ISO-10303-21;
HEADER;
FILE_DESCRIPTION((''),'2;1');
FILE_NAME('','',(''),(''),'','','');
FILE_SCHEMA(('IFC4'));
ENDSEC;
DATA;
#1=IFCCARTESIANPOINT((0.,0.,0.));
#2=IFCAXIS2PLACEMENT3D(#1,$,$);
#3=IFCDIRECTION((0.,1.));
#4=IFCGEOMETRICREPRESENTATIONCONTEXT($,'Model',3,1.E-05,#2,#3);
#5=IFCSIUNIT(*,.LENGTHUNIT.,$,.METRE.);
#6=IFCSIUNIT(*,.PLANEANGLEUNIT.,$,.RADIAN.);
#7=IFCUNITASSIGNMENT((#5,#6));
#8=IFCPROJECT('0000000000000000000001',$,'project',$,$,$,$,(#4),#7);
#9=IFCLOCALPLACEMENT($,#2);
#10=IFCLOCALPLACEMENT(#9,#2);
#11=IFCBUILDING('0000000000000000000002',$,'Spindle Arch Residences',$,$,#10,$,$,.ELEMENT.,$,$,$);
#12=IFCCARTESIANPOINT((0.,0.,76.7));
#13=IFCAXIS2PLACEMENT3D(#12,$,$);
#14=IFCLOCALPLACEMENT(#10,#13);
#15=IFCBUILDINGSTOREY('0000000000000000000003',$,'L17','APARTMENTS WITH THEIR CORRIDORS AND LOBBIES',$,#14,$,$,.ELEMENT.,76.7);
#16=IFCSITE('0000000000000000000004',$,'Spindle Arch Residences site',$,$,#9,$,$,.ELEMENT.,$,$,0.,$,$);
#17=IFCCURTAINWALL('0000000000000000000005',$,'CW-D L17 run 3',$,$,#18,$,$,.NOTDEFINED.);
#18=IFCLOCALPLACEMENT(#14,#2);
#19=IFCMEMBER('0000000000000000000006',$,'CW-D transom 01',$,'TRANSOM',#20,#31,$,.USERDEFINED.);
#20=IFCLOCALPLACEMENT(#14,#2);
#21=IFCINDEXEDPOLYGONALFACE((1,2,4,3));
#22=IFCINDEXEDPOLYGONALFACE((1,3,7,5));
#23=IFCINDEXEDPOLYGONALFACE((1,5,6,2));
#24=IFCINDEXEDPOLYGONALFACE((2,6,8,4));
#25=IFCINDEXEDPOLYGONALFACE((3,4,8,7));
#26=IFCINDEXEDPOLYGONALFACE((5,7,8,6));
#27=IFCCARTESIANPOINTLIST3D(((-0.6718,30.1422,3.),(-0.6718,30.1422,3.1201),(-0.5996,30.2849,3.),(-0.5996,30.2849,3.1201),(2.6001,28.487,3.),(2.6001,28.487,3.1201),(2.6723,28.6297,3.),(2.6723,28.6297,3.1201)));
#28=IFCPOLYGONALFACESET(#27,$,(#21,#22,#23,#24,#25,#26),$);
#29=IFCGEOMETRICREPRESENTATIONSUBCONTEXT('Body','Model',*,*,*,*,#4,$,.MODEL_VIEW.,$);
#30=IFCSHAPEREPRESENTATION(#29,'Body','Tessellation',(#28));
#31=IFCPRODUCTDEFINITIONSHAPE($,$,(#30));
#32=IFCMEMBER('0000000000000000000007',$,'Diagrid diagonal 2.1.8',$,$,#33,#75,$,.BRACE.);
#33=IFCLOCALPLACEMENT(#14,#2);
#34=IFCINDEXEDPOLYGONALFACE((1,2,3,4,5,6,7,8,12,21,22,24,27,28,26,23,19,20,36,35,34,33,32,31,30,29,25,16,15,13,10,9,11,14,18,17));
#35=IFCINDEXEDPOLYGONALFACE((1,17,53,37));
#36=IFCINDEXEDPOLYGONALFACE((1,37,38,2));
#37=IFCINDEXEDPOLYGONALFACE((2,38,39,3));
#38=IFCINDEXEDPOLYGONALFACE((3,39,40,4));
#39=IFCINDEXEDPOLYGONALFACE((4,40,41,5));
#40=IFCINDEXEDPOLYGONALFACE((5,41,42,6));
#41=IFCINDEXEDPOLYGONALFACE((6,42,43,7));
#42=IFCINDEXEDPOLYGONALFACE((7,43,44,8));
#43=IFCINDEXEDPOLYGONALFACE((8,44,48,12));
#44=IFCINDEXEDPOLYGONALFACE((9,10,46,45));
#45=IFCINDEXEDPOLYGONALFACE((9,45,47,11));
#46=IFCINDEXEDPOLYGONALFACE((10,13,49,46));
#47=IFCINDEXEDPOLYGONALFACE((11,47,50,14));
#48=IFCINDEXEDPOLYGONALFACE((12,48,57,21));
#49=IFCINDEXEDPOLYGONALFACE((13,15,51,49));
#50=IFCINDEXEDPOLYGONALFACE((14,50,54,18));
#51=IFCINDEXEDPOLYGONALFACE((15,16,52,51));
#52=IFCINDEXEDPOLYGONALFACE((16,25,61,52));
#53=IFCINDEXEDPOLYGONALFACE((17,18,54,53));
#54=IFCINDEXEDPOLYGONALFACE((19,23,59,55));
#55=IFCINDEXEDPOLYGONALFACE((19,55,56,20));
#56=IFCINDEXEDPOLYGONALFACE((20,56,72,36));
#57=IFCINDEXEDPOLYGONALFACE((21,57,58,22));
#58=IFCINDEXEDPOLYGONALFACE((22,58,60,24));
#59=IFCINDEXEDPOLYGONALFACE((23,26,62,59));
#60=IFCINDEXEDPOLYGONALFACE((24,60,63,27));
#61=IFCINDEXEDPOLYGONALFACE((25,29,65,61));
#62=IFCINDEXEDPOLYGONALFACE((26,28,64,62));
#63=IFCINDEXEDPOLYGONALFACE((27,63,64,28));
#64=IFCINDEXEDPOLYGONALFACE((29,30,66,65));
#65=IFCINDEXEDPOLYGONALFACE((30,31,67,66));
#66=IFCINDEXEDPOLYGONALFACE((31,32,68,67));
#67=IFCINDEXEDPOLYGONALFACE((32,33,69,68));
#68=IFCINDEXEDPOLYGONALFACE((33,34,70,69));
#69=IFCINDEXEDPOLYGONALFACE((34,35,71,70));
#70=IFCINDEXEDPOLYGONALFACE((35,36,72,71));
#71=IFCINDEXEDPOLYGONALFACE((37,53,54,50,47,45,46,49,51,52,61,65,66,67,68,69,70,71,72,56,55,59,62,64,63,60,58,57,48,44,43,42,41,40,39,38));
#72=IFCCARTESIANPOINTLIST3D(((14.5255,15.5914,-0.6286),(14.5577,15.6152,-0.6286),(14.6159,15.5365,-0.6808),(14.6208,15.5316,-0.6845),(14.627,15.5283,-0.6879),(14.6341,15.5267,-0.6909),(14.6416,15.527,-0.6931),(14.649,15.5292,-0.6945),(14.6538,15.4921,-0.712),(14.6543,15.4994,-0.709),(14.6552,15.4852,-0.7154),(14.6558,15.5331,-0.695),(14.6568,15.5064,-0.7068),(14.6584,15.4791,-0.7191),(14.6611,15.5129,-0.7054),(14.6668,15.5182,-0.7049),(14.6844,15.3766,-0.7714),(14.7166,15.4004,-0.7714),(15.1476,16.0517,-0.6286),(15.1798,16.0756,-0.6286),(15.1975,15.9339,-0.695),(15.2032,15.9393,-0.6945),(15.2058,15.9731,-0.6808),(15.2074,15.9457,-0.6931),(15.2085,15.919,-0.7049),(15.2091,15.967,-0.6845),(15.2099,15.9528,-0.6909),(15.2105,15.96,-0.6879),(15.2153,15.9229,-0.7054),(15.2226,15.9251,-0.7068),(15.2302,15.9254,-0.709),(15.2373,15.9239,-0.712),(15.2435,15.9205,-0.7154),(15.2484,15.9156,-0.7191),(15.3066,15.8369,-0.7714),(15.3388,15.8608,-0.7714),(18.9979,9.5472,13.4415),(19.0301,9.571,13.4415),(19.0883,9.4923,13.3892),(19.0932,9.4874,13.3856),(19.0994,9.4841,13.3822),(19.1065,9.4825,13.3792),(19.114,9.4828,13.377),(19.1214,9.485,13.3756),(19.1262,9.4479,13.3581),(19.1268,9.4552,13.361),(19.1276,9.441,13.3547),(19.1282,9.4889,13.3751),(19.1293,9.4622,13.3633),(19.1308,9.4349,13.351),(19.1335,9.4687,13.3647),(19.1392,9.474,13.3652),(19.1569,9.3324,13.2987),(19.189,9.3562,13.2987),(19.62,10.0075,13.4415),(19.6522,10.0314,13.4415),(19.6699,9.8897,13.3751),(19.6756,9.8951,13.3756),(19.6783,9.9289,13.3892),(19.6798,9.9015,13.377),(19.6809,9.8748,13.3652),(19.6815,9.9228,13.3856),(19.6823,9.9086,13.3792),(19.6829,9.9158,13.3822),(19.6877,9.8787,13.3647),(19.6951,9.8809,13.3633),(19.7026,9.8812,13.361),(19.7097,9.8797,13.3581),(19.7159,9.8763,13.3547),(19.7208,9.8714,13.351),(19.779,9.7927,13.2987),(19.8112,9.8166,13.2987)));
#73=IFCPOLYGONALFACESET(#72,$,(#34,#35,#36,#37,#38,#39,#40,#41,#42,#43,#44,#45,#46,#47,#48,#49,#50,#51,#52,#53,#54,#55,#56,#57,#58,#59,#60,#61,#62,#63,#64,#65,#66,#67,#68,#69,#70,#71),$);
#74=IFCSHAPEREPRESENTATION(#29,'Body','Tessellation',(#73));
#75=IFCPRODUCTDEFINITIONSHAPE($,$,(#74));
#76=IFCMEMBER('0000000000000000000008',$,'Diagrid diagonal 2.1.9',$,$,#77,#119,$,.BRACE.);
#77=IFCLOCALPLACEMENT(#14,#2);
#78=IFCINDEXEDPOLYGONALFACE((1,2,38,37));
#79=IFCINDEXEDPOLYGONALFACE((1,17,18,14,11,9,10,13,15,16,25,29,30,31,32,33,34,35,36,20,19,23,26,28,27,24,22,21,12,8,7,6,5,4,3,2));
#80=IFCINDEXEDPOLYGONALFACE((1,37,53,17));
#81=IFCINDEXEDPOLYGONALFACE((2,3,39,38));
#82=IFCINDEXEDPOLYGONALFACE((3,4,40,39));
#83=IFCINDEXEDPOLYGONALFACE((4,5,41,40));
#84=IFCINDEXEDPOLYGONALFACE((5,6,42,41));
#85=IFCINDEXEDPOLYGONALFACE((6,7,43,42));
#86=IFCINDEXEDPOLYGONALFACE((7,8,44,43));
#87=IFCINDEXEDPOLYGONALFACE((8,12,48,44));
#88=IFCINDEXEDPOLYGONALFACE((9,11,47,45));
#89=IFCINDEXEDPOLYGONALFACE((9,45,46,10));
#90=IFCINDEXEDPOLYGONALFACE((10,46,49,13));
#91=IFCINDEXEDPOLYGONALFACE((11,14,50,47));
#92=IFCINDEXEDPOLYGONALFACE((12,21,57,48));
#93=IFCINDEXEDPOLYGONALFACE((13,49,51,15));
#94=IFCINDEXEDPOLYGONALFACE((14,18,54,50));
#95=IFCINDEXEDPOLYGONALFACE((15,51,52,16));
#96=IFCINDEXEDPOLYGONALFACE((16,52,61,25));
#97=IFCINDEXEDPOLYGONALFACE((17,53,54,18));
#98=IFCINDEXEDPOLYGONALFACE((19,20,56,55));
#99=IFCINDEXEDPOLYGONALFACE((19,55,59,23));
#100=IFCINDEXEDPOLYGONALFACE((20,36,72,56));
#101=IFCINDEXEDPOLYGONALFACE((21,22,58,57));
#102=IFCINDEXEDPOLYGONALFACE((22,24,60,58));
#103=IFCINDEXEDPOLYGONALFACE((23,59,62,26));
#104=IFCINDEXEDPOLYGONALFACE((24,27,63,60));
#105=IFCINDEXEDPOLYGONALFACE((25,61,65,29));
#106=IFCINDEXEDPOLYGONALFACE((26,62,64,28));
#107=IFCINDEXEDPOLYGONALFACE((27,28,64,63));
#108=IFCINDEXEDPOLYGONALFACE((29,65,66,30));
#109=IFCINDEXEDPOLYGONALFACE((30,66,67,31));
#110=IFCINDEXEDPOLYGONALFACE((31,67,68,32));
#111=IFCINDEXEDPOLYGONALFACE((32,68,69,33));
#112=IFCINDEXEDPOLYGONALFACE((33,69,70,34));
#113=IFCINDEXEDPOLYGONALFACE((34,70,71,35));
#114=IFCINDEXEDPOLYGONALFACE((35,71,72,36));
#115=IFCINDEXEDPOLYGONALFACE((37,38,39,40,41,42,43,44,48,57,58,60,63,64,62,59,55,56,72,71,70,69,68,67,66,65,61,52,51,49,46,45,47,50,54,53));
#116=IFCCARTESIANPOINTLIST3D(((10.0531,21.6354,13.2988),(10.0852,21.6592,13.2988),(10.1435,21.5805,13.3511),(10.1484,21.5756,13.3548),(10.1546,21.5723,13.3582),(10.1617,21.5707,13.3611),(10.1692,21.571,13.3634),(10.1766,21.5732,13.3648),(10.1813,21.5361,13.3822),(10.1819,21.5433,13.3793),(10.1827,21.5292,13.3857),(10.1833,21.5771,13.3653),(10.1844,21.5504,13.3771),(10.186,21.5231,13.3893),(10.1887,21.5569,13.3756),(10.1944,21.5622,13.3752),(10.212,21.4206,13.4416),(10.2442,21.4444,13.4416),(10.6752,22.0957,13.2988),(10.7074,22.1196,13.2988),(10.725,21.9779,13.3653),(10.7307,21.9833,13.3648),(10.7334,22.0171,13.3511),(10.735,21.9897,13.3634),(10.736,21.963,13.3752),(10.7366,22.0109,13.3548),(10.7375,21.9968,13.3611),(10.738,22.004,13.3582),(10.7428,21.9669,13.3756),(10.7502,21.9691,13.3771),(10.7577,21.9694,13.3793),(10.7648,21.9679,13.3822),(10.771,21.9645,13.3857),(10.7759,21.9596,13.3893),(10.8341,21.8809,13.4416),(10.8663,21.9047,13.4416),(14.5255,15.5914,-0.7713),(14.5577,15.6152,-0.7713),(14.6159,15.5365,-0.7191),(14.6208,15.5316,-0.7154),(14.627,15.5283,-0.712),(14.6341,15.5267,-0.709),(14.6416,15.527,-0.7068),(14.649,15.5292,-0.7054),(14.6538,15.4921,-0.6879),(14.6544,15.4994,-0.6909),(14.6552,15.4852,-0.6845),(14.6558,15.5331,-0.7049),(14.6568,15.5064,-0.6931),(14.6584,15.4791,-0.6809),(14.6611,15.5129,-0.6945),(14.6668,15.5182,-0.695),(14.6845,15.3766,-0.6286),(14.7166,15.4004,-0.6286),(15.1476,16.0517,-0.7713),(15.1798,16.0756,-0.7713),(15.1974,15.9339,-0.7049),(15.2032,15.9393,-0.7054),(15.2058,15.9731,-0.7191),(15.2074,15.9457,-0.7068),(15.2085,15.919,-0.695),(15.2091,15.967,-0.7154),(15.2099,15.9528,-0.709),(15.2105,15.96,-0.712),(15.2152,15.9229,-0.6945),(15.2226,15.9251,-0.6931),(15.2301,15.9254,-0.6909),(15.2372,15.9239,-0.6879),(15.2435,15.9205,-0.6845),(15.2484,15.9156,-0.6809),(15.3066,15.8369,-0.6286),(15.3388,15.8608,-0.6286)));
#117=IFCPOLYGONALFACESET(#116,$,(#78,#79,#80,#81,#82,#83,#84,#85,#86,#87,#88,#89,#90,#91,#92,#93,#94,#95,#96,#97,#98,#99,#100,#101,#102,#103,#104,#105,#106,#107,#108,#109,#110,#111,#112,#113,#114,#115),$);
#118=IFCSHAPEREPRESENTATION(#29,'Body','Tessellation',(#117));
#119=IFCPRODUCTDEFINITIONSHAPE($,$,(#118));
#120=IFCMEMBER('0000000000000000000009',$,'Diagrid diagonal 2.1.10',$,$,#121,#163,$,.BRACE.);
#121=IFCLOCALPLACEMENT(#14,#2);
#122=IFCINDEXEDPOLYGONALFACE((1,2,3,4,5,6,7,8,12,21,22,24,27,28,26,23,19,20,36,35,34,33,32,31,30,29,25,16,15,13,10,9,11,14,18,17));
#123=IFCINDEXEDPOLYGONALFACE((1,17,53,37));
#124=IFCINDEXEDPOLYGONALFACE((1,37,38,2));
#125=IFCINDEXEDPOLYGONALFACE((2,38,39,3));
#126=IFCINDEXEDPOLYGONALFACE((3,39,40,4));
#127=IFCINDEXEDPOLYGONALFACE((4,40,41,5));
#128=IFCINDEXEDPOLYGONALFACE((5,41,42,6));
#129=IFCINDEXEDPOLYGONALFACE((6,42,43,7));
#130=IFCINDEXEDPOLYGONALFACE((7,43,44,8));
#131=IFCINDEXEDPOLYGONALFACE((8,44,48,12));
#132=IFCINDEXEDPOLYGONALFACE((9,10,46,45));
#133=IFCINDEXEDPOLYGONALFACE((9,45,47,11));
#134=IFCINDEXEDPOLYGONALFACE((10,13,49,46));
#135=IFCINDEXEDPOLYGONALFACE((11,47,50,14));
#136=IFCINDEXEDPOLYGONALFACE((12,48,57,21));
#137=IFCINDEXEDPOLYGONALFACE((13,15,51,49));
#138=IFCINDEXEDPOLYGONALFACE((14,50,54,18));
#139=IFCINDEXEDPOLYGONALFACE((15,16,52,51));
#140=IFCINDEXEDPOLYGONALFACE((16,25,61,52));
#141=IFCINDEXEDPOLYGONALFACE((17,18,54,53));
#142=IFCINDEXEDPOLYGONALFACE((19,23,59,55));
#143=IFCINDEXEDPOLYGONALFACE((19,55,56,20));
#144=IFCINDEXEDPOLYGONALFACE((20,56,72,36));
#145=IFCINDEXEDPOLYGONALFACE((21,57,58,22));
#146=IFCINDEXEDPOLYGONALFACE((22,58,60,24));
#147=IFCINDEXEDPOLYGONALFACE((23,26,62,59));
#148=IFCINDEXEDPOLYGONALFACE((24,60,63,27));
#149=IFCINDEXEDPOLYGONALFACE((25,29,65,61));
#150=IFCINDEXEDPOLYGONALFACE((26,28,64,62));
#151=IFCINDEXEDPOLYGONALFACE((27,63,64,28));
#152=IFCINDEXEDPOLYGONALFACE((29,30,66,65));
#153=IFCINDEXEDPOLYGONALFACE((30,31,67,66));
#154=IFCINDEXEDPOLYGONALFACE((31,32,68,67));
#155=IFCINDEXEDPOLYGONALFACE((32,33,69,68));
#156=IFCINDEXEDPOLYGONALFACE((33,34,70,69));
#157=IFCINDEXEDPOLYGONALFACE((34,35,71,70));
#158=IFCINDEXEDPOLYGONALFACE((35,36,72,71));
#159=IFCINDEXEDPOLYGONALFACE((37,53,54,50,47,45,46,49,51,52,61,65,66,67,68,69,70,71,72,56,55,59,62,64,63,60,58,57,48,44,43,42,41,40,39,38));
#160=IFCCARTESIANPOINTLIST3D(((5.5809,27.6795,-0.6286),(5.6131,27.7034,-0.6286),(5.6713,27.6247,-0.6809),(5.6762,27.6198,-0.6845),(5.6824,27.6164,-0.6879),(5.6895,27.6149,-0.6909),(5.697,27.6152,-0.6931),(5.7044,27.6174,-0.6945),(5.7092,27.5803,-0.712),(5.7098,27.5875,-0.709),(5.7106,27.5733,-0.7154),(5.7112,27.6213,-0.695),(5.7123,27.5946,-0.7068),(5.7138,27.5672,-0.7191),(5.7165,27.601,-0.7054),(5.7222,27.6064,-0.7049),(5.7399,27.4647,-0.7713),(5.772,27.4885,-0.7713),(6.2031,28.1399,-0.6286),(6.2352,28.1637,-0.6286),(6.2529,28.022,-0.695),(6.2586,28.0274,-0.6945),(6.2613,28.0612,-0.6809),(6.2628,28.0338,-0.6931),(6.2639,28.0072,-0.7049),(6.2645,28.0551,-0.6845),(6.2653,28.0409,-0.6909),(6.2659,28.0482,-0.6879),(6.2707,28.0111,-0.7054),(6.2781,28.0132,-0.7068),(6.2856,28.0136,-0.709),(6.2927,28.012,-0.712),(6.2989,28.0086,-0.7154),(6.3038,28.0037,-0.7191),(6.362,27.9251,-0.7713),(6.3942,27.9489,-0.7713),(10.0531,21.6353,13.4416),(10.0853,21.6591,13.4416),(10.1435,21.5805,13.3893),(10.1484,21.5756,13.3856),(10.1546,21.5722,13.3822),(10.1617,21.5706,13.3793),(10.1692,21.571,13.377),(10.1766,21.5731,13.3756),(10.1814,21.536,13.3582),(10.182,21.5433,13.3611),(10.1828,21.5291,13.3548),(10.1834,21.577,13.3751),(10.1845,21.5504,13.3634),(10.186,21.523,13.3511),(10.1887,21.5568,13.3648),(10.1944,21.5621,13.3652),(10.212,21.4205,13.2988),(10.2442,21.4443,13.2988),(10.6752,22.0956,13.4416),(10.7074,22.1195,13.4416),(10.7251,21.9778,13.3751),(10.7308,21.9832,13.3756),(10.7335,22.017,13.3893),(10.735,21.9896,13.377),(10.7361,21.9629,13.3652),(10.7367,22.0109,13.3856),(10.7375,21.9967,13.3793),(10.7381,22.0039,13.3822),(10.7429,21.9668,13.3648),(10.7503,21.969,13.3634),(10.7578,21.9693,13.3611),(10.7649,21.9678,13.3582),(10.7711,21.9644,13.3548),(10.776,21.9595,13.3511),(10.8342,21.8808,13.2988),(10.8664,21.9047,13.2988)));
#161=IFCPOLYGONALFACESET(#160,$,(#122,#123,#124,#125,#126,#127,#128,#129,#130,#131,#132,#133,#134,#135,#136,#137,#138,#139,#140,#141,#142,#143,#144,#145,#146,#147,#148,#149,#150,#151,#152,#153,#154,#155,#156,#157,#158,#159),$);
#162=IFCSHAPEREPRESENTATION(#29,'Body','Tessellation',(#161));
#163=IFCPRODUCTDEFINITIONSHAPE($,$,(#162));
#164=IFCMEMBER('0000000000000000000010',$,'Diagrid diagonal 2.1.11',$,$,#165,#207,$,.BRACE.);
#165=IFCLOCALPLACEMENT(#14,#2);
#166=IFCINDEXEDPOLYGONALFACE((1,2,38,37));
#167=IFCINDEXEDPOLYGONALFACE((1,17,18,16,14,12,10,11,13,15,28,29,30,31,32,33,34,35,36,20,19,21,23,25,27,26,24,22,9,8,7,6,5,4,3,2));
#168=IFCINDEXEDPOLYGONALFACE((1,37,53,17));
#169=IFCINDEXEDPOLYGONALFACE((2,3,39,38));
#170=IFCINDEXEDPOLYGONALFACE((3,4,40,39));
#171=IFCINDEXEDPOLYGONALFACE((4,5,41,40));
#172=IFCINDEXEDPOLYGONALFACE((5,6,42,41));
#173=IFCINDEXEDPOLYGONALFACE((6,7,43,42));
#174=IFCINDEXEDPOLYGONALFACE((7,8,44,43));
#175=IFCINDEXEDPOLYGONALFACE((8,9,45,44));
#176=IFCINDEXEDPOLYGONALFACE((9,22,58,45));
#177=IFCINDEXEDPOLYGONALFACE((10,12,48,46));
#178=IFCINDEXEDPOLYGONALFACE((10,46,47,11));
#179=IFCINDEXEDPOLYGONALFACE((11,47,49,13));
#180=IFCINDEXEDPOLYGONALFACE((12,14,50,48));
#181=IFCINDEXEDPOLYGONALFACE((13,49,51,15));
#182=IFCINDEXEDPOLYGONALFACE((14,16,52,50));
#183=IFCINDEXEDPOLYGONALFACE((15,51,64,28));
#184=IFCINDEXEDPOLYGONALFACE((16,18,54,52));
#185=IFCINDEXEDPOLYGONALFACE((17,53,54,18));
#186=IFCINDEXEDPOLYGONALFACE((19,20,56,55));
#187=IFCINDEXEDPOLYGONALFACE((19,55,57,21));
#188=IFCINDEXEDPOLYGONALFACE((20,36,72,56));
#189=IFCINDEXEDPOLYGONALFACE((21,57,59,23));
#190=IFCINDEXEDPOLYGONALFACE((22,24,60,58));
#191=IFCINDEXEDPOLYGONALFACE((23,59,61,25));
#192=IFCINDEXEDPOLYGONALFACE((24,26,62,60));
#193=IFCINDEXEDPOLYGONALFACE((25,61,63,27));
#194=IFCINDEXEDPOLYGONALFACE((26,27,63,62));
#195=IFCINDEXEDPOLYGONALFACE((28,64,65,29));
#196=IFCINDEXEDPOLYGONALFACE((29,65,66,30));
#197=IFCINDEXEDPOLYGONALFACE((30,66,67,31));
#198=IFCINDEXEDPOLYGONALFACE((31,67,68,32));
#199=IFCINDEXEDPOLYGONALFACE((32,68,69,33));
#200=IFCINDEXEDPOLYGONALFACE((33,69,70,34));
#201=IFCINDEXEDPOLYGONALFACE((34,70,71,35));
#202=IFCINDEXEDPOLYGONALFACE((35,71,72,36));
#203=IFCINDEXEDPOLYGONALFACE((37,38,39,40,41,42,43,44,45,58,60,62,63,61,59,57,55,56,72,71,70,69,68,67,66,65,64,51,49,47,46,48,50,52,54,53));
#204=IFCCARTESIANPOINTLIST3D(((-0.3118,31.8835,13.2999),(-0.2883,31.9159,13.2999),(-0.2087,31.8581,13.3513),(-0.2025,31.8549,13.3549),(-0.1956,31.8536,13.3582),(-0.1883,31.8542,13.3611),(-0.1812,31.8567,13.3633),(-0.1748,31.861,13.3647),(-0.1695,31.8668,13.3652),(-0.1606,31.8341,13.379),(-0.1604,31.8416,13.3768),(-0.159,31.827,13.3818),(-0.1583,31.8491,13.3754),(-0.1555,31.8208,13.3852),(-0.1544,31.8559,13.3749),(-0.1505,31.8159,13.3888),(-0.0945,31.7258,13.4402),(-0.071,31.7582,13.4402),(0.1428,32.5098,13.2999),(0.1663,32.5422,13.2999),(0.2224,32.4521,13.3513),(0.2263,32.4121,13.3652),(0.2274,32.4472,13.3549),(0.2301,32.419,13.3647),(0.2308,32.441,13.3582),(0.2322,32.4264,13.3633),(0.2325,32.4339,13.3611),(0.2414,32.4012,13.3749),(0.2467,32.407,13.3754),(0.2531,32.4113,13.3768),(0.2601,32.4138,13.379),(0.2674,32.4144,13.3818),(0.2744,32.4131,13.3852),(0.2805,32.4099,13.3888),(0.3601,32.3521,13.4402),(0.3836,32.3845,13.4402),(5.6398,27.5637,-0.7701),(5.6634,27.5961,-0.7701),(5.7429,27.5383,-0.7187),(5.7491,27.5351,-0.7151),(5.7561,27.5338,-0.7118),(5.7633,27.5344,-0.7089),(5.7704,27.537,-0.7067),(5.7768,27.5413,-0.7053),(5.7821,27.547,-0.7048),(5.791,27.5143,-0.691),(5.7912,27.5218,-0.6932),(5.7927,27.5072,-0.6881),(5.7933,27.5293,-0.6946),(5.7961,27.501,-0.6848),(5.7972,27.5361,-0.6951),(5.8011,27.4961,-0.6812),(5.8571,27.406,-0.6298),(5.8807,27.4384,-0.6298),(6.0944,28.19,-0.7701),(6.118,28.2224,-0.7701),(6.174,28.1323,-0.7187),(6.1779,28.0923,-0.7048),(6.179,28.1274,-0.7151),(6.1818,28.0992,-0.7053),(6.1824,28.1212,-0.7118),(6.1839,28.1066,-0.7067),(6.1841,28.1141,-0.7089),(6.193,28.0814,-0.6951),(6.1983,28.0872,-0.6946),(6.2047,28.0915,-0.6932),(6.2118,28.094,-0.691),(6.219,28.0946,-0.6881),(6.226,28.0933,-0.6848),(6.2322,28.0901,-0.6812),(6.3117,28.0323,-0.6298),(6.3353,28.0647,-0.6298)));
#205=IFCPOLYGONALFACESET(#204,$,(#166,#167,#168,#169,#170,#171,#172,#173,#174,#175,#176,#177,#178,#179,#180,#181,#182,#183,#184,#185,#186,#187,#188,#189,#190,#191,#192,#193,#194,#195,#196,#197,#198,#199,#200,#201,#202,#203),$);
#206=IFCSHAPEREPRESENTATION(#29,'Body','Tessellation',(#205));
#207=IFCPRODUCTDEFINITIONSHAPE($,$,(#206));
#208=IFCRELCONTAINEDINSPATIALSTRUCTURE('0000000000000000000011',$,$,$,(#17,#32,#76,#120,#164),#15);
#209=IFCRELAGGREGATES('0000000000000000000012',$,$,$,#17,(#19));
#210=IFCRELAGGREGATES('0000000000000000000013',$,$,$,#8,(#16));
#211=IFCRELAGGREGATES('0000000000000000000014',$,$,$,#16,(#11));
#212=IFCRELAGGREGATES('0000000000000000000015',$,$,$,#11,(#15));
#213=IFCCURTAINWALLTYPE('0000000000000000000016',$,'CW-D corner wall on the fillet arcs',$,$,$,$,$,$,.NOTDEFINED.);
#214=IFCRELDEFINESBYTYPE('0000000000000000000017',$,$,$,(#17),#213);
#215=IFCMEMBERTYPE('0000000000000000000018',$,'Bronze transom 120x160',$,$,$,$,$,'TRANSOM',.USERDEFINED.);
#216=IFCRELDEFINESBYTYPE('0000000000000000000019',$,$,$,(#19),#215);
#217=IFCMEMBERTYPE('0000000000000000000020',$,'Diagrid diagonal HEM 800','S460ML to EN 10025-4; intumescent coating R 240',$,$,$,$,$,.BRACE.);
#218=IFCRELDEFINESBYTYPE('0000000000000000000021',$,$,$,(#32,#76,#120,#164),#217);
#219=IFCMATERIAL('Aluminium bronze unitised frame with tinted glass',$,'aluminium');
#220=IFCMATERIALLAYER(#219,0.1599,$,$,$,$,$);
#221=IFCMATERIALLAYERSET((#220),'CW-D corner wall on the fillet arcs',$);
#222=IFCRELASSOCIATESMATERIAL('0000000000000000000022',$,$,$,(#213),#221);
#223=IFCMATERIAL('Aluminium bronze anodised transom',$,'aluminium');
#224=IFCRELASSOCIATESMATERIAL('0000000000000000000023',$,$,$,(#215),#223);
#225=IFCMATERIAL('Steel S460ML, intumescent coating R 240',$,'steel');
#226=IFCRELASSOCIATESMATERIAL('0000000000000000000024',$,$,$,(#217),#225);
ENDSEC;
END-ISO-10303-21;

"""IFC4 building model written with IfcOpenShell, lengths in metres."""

from ifc_helpers import new_model, si_unit, direction, frame, origin, origin_2d, place, context, subcontext, project, spatial, rectangle, i_section, extrude, material, layer, layer_set, material_profile, profile_set, type_object, element, aggregate, save


model = new_model("IFC4")

# Units and contexts
model_context = context("Model", 3, precision=1e-05, world=origin(), true_north=direction((0.0, 1.0)))
body_context = subcontext(model_context, "Body", "Model", "MODEL_VIEW")
ifc_project = project(units=[si_unit("LENGTHUNIT", "METRE"), si_unit("PLANEANGLEUNIT", "RADIAN")], contexts=[model_context])

# Site, building, storey
site_placement = place(None, origin())
site = spatial("IfcSite", under=ifc_project, at=site_placement, Name="Spindle Arch Residences site", CompositionType="ELEMENT", RefElevation=0.0)
building_placement = place(site_placement, origin())
building = spatial("IfcBuilding", under=site, at=building_placement, Name="Spindle Arch Residences", CompositionType="ELEMENT")
storey_placement = place(building_placement, frame((0.0, 0.0, 76.7)))
storey = spatial("IfcBuildingStorey", under=building, at=storey_placement, Name="L17", Description="APARTMENTS WITH THEIR CORRIDORS AND LOBBIES", CompositionType="ELEMENT", Elevation=76.7)

# Curtain wall, member
ifc_material_1 = material(Name="Aluminium bronze unitised frame with tinted glass", Category="aluminium")
ifc_layer_1 = layer(ifc_material_1, 0.1599)
ifc_layer_set_1 = layer_set([ifc_layer_1], Name="CW-D corner wall on the fillet arcs")
curtain_wall_type_1 = type_object("IfcCurtainWallType", Name="CW-D corner wall on the fillet arcs", PredefinedType="NOTDEFINED", material=ifc_layer_set_1)
curtain_wall_1_placement = place(storey_placement, origin())
curtain_wall_1 = element("IfcCurtainWall", 1, at=curtain_wall_1_placement, inside=storey, type_object=curtain_wall_type_1, Name="CW-D L17 run 3", PredefinedType="NOTDEFINED")
ifc_material_2 = material(Name="Aluminium bronze anodised transom", Category="aluminium")
ifc_material_profile_1 = material_profile(ifc_material_2, rectangle(XDim=0.1599, YDim=0.1201, at=origin_2d()), Name="TR 120x160")
ifc_profile_set_1 = profile_set([ifc_material_profile_1], Name="Aluminium bronze anodised transom")
member_type_1 = type_object("IfcMemberType", Name="Bronze transom 120x160", ElementType="TRANSOM", PredefinedType="USERDEFINED", material=ifc_profile_set_1)
member_1_placement = place(storey_placement, frame((2.6362, 28.5583, 3.0601), z_axis=(-0.892313, 0.451417, 0.0), x_axis=(-0.451417, -0.892313, 0.0)))
member_1 = element("IfcMember", 2, at=member_1_placement, type_object=member_type_1, Name="CW-D transom 01", ObjectType="TRANSOM", PredefinedType="USERDEFINED", context=body_context, shape_type="SweptSolid", body=[
    extrude(rectangle(XDim=0.1599, YDim=0.1201, at=origin_2d()), origin(), (0.0, 0.0, 1.0), 3.6667),
])

# Members
ifc_material_3 = material(Name="Steel S460ML, intumescent coating R 240", Category="steel")
ifc_material_profile_2 = material_profile(ifc_material_3, i_section(OverallWidth=0.303, OverallDepth=0.814, WebThickness=0.021, FlangeThickness=0.04, FilletRadius=0.03, at=origin_2d()), Name="HEM 800")
ifc_profile_set_2 = profile_set([ifc_material_profile_2], Name="Steel S460ML, intumescent coating R 240")
member_type_2 = type_object("IfcMemberType", Name="Diagrid diagonal HEM 800", Description="S460ML to EN 10025-4; intumescent coating R 240", PredefinedType="BRACE", material=ifc_profile_set_2)
for number, where, z_axis, x_axis, name in (
    (3, (14.9321, 15.7261, -0.7), (0.280347, -0.378872, 0.881964), (-0.524608, 0.708976, 0.471316), "Diagrid diagonal 2.1.8"),
    (4, (14.9321, 15.7261, -0.7), (-0.280349, 0.378859, 0.881969), (0.524625, -0.70897, 0.471307), "Diagrid diagonal 2.1.9"),
    (5, (5.9875, 27.8142, -0.7), (0.280333, -0.378874, 0.881968), (-0.524592, 0.708993, 0.471309), "Diagrid diagonal 2.1.10"),
):
    element("IfcMember", number, at=place(storey_placement, frame(where, z_axis=z_axis, x_axis=x_axis)), inside=storey, type_object=member_type_2, Name=name, PredefinedType="BRACE", context=body_context, shape_type="SweptSolid", body=[
        extrude(i_section(OverallWidth=0.303, OverallDepth=0.814, WebThickness=0.021, FlangeThickness=0.04, FilletRadius=0.03, at=origin_2d()), origin(), (0.0, 0.0, 1.0), 15.9531),
    ])
member_2_placement = place(storey_placement, frame((5.9875, 27.8142, -0.7), z_axis=(-0.374882, 0.272096, 0.886243), x_axis=(0.717233, -0.520581, 0.46322)))
element("IfcMember", 6, at=member_2_placement, inside=storey, type_object=member_type_2, Name="Diagrid diagonal 2.1.11", PredefinedType="BRACE", context=body_context, shape_type="SweptSolid", body=[
    extrude(i_section(OverallWidth=0.303, OverallDepth=0.814, WebThickness=0.021, FlangeThickness=0.04, FilletRadius=0.03, at=origin_2d()), origin(), (0.0, 0.0, 1.0), 15.876),
])

aggregate(curtain_wall_1, [member_1])

save(model, "model.ifc")
